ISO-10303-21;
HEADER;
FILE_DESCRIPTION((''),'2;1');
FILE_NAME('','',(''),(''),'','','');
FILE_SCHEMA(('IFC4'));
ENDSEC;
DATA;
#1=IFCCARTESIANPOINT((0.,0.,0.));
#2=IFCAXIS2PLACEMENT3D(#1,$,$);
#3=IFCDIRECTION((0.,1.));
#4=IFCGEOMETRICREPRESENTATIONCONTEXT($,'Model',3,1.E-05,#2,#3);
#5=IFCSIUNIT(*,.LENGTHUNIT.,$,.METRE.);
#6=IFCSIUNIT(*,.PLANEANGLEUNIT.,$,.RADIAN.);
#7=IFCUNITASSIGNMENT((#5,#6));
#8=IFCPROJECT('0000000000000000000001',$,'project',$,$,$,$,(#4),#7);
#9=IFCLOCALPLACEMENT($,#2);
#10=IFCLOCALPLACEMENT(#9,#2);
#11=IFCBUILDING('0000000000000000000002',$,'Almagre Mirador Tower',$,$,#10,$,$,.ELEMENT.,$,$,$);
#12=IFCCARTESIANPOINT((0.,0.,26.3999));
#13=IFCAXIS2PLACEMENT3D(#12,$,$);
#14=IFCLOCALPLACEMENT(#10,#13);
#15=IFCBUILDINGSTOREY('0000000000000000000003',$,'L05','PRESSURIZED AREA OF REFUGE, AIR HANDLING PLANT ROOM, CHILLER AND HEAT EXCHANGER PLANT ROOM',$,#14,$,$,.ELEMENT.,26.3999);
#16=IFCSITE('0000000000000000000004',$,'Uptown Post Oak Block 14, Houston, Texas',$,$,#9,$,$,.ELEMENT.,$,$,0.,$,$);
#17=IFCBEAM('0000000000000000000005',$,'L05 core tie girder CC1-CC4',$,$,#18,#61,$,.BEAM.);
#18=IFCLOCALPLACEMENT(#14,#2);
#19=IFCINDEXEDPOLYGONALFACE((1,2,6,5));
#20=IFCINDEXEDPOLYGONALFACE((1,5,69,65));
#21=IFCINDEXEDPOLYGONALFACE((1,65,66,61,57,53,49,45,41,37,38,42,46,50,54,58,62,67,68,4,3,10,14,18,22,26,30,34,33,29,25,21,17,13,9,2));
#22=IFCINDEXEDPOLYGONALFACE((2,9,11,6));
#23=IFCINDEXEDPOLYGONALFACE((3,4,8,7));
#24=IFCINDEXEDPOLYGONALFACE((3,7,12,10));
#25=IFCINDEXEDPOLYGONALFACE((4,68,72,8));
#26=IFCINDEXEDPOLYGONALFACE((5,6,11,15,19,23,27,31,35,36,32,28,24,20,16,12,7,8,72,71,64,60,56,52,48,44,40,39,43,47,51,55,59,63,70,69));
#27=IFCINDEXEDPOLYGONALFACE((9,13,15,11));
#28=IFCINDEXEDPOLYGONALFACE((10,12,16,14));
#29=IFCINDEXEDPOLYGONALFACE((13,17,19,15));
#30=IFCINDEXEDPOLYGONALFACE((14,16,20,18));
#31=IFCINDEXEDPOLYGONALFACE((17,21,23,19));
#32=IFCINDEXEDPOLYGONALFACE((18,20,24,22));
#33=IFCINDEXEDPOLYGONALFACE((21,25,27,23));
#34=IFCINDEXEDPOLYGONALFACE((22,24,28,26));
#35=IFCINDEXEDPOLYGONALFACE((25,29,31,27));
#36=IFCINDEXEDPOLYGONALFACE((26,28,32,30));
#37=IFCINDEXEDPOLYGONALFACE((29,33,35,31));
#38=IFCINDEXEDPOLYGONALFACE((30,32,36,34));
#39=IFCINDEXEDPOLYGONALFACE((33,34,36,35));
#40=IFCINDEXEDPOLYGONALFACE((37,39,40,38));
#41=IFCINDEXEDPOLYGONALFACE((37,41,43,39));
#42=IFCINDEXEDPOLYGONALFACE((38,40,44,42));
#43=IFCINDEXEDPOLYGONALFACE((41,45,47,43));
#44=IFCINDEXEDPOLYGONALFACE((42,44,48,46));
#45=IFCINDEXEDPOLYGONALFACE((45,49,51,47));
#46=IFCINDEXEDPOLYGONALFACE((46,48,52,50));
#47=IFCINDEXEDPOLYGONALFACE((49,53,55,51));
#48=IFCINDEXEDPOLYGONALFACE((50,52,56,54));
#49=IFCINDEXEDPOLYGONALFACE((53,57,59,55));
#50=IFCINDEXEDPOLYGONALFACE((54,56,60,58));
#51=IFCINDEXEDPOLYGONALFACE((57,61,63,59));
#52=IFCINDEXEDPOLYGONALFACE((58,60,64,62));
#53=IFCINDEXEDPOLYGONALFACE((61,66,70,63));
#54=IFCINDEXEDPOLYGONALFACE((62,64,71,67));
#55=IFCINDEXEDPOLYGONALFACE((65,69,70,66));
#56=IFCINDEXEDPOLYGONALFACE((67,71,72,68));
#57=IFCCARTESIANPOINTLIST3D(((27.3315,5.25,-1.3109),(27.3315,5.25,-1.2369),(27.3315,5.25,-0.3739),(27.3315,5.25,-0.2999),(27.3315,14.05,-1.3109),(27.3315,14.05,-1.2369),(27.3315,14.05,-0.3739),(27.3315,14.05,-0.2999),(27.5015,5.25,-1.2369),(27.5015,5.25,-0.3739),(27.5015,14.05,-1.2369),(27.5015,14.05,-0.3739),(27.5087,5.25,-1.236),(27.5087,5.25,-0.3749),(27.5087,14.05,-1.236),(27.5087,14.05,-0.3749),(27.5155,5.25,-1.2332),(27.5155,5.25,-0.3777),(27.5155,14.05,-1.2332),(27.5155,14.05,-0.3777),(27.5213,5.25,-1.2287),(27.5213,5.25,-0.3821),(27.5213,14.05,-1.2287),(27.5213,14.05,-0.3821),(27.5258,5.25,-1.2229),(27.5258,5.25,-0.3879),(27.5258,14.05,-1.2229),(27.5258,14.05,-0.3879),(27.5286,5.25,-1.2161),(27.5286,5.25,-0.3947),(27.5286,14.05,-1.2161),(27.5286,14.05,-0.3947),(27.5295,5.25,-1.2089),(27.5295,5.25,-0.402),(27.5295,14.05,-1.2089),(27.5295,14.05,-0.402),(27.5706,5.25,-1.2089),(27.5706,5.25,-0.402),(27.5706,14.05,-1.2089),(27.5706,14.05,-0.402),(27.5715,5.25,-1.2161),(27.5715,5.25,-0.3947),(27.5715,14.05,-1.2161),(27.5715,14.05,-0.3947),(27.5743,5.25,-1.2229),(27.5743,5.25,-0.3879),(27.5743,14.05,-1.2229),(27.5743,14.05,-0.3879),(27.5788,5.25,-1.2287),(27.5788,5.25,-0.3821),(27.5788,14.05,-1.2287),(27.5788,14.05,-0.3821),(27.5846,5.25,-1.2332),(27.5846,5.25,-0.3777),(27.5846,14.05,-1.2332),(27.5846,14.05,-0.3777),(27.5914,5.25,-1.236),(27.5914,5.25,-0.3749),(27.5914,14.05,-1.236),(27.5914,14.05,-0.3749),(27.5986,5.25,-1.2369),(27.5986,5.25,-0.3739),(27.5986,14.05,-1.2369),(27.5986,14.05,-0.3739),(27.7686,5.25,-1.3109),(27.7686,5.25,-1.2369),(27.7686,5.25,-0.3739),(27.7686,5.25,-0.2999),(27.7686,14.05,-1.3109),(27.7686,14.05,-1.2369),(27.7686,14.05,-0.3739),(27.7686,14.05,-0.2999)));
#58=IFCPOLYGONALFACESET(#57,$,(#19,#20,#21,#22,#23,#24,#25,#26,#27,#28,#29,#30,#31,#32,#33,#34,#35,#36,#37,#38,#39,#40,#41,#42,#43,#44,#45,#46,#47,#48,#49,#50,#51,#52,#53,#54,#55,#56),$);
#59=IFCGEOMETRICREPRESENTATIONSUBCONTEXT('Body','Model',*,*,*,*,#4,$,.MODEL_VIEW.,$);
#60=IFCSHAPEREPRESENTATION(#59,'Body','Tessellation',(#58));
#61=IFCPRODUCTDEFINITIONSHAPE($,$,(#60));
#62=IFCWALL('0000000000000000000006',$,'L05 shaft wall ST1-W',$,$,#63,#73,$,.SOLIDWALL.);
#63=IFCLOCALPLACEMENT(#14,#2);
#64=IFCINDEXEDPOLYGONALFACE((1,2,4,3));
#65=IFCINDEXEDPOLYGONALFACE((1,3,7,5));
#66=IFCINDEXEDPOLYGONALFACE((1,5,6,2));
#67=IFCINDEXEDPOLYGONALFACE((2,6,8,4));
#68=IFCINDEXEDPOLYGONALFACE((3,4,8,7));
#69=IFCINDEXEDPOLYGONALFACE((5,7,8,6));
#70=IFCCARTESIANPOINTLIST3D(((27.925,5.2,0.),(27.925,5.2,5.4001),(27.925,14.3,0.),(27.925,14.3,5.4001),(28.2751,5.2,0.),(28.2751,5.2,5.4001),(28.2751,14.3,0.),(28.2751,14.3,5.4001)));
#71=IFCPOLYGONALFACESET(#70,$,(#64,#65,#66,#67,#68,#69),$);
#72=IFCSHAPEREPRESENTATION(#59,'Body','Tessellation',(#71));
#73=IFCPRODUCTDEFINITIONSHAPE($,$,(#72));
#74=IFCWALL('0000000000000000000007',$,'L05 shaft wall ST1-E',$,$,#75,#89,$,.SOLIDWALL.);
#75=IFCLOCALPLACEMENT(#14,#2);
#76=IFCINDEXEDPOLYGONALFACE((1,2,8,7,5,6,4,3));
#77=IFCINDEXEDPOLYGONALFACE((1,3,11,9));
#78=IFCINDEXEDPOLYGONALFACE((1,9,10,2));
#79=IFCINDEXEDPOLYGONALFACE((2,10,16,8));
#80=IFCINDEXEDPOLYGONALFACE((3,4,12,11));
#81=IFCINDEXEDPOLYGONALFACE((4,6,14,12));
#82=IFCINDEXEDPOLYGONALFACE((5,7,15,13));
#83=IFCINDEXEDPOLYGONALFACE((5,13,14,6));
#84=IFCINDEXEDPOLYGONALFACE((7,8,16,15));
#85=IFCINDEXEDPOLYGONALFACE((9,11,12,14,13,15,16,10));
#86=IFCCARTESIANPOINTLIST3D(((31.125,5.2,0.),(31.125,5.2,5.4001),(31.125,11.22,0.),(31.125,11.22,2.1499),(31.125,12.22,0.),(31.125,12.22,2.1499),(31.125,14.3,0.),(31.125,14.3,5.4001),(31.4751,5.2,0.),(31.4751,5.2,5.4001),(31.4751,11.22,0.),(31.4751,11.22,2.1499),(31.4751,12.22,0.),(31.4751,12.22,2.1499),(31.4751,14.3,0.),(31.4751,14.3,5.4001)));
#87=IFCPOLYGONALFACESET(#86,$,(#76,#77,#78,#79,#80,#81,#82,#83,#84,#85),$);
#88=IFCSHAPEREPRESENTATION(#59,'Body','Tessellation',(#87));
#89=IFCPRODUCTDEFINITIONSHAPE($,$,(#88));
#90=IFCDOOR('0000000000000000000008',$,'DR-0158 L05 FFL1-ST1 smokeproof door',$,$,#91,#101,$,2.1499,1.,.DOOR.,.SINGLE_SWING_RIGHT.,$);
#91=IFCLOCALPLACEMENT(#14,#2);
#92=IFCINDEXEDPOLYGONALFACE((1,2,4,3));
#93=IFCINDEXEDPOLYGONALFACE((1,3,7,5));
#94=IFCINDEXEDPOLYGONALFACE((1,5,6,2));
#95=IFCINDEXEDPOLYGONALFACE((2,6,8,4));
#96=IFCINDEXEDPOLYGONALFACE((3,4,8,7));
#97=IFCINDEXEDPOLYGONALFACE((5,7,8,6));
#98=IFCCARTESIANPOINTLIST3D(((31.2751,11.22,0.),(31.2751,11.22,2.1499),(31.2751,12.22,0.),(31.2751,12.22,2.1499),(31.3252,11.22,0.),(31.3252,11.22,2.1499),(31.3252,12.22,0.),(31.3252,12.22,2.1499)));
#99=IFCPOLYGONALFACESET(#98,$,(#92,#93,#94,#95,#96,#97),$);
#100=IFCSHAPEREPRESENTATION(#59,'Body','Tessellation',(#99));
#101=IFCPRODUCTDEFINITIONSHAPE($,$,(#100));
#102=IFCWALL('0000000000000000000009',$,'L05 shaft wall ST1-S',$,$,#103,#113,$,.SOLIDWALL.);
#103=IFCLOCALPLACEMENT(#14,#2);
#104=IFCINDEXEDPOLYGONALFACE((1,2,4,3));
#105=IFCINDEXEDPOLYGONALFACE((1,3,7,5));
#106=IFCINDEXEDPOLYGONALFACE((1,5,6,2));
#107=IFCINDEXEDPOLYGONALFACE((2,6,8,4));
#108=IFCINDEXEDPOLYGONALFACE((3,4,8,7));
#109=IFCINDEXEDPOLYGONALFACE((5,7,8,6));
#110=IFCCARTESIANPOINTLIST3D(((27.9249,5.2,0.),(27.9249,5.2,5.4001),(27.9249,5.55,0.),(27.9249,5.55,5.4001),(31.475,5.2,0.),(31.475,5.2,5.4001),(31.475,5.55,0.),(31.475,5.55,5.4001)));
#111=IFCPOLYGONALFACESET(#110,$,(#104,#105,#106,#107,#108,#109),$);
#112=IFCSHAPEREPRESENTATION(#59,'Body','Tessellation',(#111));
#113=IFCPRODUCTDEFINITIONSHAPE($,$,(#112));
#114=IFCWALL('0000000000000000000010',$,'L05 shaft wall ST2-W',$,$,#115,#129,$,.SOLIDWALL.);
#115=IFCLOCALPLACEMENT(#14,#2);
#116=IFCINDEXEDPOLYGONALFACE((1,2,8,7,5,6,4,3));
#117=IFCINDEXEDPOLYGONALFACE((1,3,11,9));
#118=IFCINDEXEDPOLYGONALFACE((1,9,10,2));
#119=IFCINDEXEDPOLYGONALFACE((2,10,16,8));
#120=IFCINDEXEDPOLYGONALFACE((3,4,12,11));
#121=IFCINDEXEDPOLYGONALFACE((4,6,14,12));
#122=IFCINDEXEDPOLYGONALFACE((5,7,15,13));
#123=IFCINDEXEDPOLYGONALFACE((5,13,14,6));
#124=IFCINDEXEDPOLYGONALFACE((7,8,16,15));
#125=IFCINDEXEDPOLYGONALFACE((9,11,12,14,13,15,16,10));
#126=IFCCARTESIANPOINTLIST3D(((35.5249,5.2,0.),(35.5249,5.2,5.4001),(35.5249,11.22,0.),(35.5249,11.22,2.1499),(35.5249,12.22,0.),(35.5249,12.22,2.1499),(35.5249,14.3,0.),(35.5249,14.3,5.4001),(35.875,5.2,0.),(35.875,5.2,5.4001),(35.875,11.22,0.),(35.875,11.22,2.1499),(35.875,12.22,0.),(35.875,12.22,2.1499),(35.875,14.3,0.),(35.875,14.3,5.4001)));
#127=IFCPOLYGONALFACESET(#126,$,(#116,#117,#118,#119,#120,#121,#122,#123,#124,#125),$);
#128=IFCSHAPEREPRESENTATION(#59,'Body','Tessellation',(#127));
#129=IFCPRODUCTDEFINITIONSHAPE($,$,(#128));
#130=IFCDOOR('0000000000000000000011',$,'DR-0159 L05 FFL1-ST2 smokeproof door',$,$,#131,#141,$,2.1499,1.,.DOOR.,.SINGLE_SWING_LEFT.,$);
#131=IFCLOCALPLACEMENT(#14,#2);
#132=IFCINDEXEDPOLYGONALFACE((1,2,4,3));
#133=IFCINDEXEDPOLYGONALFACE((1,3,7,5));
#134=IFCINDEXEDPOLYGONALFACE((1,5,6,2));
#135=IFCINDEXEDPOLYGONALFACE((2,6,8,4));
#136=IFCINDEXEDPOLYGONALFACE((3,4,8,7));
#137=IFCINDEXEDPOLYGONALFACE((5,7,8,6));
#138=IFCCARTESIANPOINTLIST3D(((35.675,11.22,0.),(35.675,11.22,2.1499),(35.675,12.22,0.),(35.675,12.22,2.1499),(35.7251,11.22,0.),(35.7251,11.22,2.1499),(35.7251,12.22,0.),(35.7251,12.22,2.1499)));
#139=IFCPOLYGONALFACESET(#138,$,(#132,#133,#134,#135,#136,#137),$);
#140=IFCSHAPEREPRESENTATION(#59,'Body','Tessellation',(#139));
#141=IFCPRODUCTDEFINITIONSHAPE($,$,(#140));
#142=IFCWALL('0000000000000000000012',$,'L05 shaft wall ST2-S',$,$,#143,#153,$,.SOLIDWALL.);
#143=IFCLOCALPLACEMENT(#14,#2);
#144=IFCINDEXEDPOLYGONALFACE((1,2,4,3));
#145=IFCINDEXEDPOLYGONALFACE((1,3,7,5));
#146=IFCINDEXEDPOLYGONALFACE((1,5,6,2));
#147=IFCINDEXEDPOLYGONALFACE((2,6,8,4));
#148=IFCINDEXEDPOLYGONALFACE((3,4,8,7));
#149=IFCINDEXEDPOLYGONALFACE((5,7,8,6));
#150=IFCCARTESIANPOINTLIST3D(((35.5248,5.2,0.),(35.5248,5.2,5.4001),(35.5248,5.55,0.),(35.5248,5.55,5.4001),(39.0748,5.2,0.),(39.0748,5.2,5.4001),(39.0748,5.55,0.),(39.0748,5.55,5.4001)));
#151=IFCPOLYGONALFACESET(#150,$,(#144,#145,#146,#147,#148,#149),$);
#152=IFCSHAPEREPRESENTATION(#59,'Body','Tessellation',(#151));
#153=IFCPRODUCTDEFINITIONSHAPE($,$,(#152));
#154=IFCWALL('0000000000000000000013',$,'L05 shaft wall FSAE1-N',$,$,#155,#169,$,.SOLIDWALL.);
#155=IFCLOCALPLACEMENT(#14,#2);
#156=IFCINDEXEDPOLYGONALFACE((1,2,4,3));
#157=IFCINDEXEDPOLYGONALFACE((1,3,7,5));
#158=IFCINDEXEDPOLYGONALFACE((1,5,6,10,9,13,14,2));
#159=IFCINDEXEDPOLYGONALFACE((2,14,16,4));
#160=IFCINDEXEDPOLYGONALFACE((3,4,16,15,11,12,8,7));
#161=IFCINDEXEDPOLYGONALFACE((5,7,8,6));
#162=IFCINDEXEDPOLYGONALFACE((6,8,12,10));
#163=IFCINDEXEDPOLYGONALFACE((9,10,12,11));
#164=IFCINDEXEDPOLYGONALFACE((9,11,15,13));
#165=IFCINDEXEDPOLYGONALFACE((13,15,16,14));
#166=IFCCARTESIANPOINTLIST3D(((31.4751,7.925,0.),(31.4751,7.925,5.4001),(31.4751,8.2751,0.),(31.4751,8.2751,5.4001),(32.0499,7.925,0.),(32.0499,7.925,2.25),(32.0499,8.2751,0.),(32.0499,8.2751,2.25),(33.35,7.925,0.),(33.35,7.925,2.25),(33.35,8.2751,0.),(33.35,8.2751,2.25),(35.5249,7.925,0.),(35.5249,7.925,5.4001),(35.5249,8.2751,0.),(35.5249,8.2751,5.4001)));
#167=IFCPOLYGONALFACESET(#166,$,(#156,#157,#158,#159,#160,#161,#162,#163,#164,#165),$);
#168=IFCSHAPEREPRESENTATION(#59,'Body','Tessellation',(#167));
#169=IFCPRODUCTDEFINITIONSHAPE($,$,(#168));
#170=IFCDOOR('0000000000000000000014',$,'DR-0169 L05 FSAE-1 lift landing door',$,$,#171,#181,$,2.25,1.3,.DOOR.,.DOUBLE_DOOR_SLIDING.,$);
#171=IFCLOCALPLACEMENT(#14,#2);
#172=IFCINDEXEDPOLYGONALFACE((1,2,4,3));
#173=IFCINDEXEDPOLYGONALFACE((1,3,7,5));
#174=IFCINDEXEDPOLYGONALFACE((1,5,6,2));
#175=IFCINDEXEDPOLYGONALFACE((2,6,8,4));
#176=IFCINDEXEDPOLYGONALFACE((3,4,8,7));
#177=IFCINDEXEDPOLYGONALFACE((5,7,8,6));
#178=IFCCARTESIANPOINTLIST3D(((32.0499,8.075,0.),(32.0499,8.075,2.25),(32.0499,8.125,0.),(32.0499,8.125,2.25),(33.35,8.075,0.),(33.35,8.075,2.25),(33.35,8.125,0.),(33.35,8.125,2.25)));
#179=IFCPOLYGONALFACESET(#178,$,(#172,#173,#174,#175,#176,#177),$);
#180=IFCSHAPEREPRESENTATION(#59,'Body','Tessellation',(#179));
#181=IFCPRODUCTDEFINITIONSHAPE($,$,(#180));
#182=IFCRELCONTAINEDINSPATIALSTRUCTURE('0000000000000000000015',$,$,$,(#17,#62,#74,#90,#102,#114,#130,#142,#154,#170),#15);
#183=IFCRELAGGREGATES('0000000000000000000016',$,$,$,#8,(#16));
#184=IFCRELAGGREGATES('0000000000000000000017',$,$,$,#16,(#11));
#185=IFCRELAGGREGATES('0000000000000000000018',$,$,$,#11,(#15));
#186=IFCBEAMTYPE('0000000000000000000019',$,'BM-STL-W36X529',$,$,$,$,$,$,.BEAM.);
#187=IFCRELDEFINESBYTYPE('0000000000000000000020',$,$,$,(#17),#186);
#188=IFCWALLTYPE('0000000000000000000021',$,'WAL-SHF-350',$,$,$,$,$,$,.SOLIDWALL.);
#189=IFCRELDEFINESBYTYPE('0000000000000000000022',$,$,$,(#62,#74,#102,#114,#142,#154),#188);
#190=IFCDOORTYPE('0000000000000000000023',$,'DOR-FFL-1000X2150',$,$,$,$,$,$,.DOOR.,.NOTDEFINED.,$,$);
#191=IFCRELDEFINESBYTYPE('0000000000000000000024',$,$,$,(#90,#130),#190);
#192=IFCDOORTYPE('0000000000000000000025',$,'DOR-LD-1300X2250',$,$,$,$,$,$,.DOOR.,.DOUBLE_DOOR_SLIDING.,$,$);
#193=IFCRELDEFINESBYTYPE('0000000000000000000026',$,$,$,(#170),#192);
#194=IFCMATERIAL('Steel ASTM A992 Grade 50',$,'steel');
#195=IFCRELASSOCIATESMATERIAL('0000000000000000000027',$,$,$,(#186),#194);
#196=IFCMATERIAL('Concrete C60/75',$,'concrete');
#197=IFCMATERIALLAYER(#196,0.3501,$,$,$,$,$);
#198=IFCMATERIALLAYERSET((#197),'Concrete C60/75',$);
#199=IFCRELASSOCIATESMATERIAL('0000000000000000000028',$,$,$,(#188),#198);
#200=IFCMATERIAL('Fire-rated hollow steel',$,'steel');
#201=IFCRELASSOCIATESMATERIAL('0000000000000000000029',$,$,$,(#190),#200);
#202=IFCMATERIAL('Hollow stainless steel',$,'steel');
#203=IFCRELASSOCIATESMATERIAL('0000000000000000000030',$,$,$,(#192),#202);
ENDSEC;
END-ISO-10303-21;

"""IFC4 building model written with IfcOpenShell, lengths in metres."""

from ifc_helpers import new_model, si_unit, direction, frame, frame_2d, origin, origin_2d, place, context, subcontext, project, spatial, rectangle, i_section, extrude, material, layer, layer_set, material_profile, profile_set, type_object, element, fill, save


model = new_model("IFC4")

# Units and contexts
model_context = context("Model", 3, precision=1e-05, world=origin(), true_north=direction((0.0, 1.0)))
body_context = subcontext(model_context, "Body", "Model", "MODEL_VIEW")
ifc_project = project(units=[si_unit("LENGTHUNIT", "METRE"), si_unit("PLANEANGLEUNIT", "RADIAN")], contexts=[model_context])

# Site, building, storey
site_placement = place(None, origin())
site = spatial("IfcSite", under=ifc_project, at=site_placement, Name="Uptown Post Oak Block 14, Houston, Texas", CompositionType="ELEMENT", RefElevation=0.0)
building_placement = place(site_placement, origin())
building = spatial("IfcBuilding", under=site, at=building_placement, Name="Almagre Mirador Tower", CompositionType="ELEMENT")
storey_placement = place(building_placement, frame((0.0, 0.0, 26.3999)))
storey = spatial("IfcBuildingStorey", under=building, at=storey_placement, Name="L05", Description="PRESSURIZED AREA OF REFUGE, AIR HANDLING PLANT ROOM, CHILLER AND HEAT EXCHANGER PLANT ROOM", CompositionType="ELEMENT", Elevation=26.3999)

# Beam
ifc_material_1 = material(Name="Steel ASTM A992 Grade 50", Category="steel")
ifc_material_profile = material_profile(ifc_material_1, i_section(OverallWidth=0.437, OverallDepth=1.011, WebThickness=0.041, FlangeThickness=0.074, FilletRadius=0.0281, at=origin_2d()), Name="W36X529")
ifc_profile_set = profile_set([ifc_material_profile], Name="Steel ASTM A992 Grade 50")
beam_type = type_object("IfcBeamType", Name="BM-STL-W36X529", PredefinedType="BEAM", material=ifc_profile_set)
beam_placement = place(storey_placement, frame((27.55, 5.25, -0.8054), z_axis=(0.0, 1.0, 0.0), x_axis=(-1.0, 0.0, 0.0)))
element("IfcBeam", 1, at=beam_placement, inside=storey, type_object=beam_type, Name="L05 core tie girder CC1-CC4", PredefinedType="BEAM", context=body_context, shape_type="SweptSolid", body=[
    extrude(i_section(OverallWidth=0.437, OverallDepth=1.011, WebThickness=0.041, FlangeThickness=0.074, FilletRadius=0.0281, at=origin_2d()), origin(), (0.0, 0.0, 1.0), 8.8),
])

# Wall
ifc_material_2 = material(Name="Concrete C60/75", Category="concrete")
ifc_layer_1 = layer(ifc_material_2, 0.3501)
ifc_layer_set_1 = layer_set([ifc_layer_1], Name="Concrete C60/75")
wall_type_1 = type_object("IfcWallType", Name="WAL-SHF-350", PredefinedType="SOLIDWALL", material=ifc_layer_set_1)
wall_1_placement = place(storey_placement, frame((28.1001, 5.2, 0.0), z_axis=(0.0, 0.0, 1.0), x_axis=(0.0, 1.0, 0.0)))
element("IfcWall", 2, at=wall_1_placement, inside=storey, type_object=wall_type_1, Name="L05 shaft wall ST1-W", PredefinedType="SOLIDWALL", context=body_context, shape_type="SweptSolid", body=[
    extrude(rectangle(XDim=9.1001, YDim=0.3501, at=frame_2d((4.55, 0.0))), origin(), (0.0, 0.0, 1.0), 5.4001),
])

# Wall, opening, door
wall_2_placement = place(storey_placement, frame((31.3, 5.2, 0.0), z_axis=(0.0, 0.0, 1.0), x_axis=(0.0, 1.0, 0.0)))
wall_2 = element("IfcWall", 3, at=wall_2_placement, inside=storey, type_object=wall_type_1, Name="L05 shaft wall ST1-E", PredefinedType="SOLIDWALL", context=body_context, shape_type="SweptSolid", body=[
    extrude(rectangle(XDim=9.1001, YDim=0.3501, at=frame_2d((4.55, 0.0))), origin(), (0.0, 0.0, 1.0), 5.4001),
])
opening_1_placement = place(wall_2_placement, frame((6.02, 0.0, 0.0)))
opening_1 = element("IfcOpeningElement", 4, at=opening_1_placement, cuts=wall_2, PredefinedType="OPENING", context=body_context, shape_type="SweptSolid", body=[
    extrude(rectangle(XDim=1.0, YDim=2.1499, at=frame_2d((0.5, 1.075))), frame((0.0, 0.185, 0.0), z_axis=(0.0, -1.0, 0.0), x_axis=(1.0, 0.0, 0.0)), (0.0, 0.0, 1.0), 0.3701),
])
ifc_material_3 = material(Name="Fire-rated hollow steel", Category="steel")
door_type_1 = type_object("IfcDoorType", Name="DOR-FFL-1000X2150", OperationType="NOTDEFINED", PredefinedType="DOOR", material=ifc_material_3)
door_1_placement = place(opening_1_placement, origin())
door_1 = element("IfcDoor", 5, at=door_1_placement, inside=storey, type_object=door_type_1, Name="DR-0158 L05 FFL1-ST1 smokeproof door", OperationType="SINGLE_SWING_RIGHT", OverallHeight=2.1499, OverallWidth=1.0, PredefinedType="DOOR", context=body_context, shape_type="SweptSolid", body=[
    extrude(rectangle(XDim=1.0, YDim=2.1499, at=frame_2d((0.5, 1.075))), frame((0.0, 0.0249, 0.0), z_axis=(0.0, -1.0, 0.0), x_axis=(1.0, 0.0, 0.0)), (0.0, 0.0, 1.0), 0.05),
])
fill(opening_1, door_1)

# Wall
wall_3_placement = place(storey_placement, frame((27.925, 5.375, 0.0), z_axis=(0.0, 0.0, 1.0), x_axis=(1.0, 0.0, 0.0)))
element("IfcWall", 6, at=wall_3_placement, inside=storey, type_object=wall_type_1, Name="L05 shaft wall ST1-S", PredefinedType="SOLIDWALL", context=body_context, shape_type="SweptSolid", body=[
    extrude(rectangle(XDim=3.55, YDim=0.3501, at=frame_2d((1.7749, 0.0))), origin(), (0.0, 0.0, 1.0), 5.4001),
])

# Wall, opening, door
wall_4_placement = place(storey_placement, frame((35.7, 5.2, 0.0), z_axis=(0.0, 0.0, 1.0), x_axis=(0.0, 1.0, 0.0)))
wall_4 = element("IfcWall", 7, at=wall_4_placement, inside=storey, type_object=wall_type_1, Name="L05 shaft wall ST2-W", PredefinedType="SOLIDWALL", context=body_context, shape_type="SweptSolid", body=[
    extrude(rectangle(XDim=9.1001, YDim=0.3501, at=frame_2d((4.55, 0.0))), origin(), (0.0, 0.0, 1.0), 5.4001),
])
opening_2_placement = place(wall_4_placement, frame((6.02, 0.0, 0.0)))
opening_2 = element("IfcOpeningElement", 8, at=opening_2_placement, cuts=wall_4, PredefinedType="OPENING", context=body_context, shape_type="SweptSolid", body=[
    extrude(rectangle(XDim=1.0, YDim=2.1499, at=frame_2d((0.5, 1.075))), frame((0.0, 0.185, 0.0), z_axis=(0.0, -1.0, 0.0), x_axis=(1.0, 0.0, 0.0)), (0.0, 0.0, 1.0), 0.3701),
])
door_2_placement = place(opening_2_placement, origin())
door_2 = element("IfcDoor", 9, at=door_2_placement, inside=storey, type_object=door_type_1, Name="DR-0159 L05 FFL1-ST2 smokeproof door", OperationType="SINGLE_SWING_LEFT", OverallHeight=2.1499, OverallWidth=1.0, PredefinedType="DOOR", context=body_context, shape_type="SweptSolid", body=[
    extrude(rectangle(XDim=1.0, YDim=2.1499, at=frame_2d((0.5, 1.075))), frame((0.0, 0.0249, 0.0), z_axis=(0.0, -1.0, 0.0), x_axis=(1.0, 0.0, 0.0)), (0.0, 0.0, 1.0), 0.05),
])
fill(opening_2, door_2)

# Wall
wall_5_placement = place(storey_placement, frame((35.5249, 5.375, 0.0), z_axis=(0.0, 0.0, 1.0), x_axis=(1.0, 0.0, 0.0)))
element("IfcWall", 10, at=wall_5_placement, inside=storey, type_object=wall_type_1, Name="L05 shaft wall ST2-S", PredefinedType="SOLIDWALL", context=body_context, shape_type="SweptSolid", body=[
    extrude(rectangle(XDim=3.55, YDim=0.3501, at=frame_2d((1.7749, 0.0))), origin(), (0.0, 0.0, 1.0), 5.4001),
])

# Wall, opening, door
wall_6_placement = place(storey_placement, frame((31.4751, 8.1001, 0.0), z_axis=(0.0, 0.0, 1.0), x_axis=(1.0, 0.0, 0.0)))
wall_6 = element("IfcWall", 11, at=wall_6_placement, inside=storey, type_object=wall_type_1, Name="L05 shaft wall FSAE1-N", PredefinedType="SOLIDWALL", context=body_context, shape_type="SweptSolid", body=[
    extrude(rectangle(XDim=4.0498, YDim=0.3501, at=frame_2d((2.0249, 0.0))), origin(), (0.0, 0.0, 1.0), 5.4001),
])
opening_3_placement = place(wall_6_placement, frame((0.575, 0.0, 0.0)))
opening_3 = element("IfcOpeningElement", 12, at=opening_3_placement, cuts=wall_6, PredefinedType="OPENING", context=body_context, shape_type="SweptSolid", body=[
    extrude(rectangle(XDim=1.3, YDim=2.25, at=frame_2d((0.6499, 1.125))), frame((0.0, 0.185, 0.0), z_axis=(0.0, -1.0, 0.0), x_axis=(1.0, 0.0, 0.0)), (0.0, 0.0, 1.0), 0.3701),
])
ifc_material_4 = material(Name="Hollow stainless steel", Category="steel")
door_type_2 = type_object("IfcDoorType", Name="DOR-LD-1300X2250", OperationType="DOUBLE_DOOR_SLIDING", PredefinedType="DOOR", material=ifc_material_4)
door_3_placement = place(opening_3_placement, origin())
door_3 = element("IfcDoor", 13, at=door_3_placement, inside=storey, type_object=door_type_2, Name="DR-0169 L05 FSAE-1 lift landing door", OperationType="DOUBLE_DOOR_SLIDING", OverallHeight=2.25, OverallWidth=1.3, PredefinedType="DOOR", context=body_context, shape_type="SweptSolid", body=[
    extrude(rectangle(XDim=1.3, YDim=2.25, at=frame_2d((0.6499, 1.125))), frame((0.0, 0.0249, 0.0), z_axis=(0.0, -1.0, 0.0), x_axis=(1.0, 0.0, 0.0)), (0.0, 0.0, 1.0), 0.05),
])
fill(opening_3, door_3)

save(model, "model.ifc")
